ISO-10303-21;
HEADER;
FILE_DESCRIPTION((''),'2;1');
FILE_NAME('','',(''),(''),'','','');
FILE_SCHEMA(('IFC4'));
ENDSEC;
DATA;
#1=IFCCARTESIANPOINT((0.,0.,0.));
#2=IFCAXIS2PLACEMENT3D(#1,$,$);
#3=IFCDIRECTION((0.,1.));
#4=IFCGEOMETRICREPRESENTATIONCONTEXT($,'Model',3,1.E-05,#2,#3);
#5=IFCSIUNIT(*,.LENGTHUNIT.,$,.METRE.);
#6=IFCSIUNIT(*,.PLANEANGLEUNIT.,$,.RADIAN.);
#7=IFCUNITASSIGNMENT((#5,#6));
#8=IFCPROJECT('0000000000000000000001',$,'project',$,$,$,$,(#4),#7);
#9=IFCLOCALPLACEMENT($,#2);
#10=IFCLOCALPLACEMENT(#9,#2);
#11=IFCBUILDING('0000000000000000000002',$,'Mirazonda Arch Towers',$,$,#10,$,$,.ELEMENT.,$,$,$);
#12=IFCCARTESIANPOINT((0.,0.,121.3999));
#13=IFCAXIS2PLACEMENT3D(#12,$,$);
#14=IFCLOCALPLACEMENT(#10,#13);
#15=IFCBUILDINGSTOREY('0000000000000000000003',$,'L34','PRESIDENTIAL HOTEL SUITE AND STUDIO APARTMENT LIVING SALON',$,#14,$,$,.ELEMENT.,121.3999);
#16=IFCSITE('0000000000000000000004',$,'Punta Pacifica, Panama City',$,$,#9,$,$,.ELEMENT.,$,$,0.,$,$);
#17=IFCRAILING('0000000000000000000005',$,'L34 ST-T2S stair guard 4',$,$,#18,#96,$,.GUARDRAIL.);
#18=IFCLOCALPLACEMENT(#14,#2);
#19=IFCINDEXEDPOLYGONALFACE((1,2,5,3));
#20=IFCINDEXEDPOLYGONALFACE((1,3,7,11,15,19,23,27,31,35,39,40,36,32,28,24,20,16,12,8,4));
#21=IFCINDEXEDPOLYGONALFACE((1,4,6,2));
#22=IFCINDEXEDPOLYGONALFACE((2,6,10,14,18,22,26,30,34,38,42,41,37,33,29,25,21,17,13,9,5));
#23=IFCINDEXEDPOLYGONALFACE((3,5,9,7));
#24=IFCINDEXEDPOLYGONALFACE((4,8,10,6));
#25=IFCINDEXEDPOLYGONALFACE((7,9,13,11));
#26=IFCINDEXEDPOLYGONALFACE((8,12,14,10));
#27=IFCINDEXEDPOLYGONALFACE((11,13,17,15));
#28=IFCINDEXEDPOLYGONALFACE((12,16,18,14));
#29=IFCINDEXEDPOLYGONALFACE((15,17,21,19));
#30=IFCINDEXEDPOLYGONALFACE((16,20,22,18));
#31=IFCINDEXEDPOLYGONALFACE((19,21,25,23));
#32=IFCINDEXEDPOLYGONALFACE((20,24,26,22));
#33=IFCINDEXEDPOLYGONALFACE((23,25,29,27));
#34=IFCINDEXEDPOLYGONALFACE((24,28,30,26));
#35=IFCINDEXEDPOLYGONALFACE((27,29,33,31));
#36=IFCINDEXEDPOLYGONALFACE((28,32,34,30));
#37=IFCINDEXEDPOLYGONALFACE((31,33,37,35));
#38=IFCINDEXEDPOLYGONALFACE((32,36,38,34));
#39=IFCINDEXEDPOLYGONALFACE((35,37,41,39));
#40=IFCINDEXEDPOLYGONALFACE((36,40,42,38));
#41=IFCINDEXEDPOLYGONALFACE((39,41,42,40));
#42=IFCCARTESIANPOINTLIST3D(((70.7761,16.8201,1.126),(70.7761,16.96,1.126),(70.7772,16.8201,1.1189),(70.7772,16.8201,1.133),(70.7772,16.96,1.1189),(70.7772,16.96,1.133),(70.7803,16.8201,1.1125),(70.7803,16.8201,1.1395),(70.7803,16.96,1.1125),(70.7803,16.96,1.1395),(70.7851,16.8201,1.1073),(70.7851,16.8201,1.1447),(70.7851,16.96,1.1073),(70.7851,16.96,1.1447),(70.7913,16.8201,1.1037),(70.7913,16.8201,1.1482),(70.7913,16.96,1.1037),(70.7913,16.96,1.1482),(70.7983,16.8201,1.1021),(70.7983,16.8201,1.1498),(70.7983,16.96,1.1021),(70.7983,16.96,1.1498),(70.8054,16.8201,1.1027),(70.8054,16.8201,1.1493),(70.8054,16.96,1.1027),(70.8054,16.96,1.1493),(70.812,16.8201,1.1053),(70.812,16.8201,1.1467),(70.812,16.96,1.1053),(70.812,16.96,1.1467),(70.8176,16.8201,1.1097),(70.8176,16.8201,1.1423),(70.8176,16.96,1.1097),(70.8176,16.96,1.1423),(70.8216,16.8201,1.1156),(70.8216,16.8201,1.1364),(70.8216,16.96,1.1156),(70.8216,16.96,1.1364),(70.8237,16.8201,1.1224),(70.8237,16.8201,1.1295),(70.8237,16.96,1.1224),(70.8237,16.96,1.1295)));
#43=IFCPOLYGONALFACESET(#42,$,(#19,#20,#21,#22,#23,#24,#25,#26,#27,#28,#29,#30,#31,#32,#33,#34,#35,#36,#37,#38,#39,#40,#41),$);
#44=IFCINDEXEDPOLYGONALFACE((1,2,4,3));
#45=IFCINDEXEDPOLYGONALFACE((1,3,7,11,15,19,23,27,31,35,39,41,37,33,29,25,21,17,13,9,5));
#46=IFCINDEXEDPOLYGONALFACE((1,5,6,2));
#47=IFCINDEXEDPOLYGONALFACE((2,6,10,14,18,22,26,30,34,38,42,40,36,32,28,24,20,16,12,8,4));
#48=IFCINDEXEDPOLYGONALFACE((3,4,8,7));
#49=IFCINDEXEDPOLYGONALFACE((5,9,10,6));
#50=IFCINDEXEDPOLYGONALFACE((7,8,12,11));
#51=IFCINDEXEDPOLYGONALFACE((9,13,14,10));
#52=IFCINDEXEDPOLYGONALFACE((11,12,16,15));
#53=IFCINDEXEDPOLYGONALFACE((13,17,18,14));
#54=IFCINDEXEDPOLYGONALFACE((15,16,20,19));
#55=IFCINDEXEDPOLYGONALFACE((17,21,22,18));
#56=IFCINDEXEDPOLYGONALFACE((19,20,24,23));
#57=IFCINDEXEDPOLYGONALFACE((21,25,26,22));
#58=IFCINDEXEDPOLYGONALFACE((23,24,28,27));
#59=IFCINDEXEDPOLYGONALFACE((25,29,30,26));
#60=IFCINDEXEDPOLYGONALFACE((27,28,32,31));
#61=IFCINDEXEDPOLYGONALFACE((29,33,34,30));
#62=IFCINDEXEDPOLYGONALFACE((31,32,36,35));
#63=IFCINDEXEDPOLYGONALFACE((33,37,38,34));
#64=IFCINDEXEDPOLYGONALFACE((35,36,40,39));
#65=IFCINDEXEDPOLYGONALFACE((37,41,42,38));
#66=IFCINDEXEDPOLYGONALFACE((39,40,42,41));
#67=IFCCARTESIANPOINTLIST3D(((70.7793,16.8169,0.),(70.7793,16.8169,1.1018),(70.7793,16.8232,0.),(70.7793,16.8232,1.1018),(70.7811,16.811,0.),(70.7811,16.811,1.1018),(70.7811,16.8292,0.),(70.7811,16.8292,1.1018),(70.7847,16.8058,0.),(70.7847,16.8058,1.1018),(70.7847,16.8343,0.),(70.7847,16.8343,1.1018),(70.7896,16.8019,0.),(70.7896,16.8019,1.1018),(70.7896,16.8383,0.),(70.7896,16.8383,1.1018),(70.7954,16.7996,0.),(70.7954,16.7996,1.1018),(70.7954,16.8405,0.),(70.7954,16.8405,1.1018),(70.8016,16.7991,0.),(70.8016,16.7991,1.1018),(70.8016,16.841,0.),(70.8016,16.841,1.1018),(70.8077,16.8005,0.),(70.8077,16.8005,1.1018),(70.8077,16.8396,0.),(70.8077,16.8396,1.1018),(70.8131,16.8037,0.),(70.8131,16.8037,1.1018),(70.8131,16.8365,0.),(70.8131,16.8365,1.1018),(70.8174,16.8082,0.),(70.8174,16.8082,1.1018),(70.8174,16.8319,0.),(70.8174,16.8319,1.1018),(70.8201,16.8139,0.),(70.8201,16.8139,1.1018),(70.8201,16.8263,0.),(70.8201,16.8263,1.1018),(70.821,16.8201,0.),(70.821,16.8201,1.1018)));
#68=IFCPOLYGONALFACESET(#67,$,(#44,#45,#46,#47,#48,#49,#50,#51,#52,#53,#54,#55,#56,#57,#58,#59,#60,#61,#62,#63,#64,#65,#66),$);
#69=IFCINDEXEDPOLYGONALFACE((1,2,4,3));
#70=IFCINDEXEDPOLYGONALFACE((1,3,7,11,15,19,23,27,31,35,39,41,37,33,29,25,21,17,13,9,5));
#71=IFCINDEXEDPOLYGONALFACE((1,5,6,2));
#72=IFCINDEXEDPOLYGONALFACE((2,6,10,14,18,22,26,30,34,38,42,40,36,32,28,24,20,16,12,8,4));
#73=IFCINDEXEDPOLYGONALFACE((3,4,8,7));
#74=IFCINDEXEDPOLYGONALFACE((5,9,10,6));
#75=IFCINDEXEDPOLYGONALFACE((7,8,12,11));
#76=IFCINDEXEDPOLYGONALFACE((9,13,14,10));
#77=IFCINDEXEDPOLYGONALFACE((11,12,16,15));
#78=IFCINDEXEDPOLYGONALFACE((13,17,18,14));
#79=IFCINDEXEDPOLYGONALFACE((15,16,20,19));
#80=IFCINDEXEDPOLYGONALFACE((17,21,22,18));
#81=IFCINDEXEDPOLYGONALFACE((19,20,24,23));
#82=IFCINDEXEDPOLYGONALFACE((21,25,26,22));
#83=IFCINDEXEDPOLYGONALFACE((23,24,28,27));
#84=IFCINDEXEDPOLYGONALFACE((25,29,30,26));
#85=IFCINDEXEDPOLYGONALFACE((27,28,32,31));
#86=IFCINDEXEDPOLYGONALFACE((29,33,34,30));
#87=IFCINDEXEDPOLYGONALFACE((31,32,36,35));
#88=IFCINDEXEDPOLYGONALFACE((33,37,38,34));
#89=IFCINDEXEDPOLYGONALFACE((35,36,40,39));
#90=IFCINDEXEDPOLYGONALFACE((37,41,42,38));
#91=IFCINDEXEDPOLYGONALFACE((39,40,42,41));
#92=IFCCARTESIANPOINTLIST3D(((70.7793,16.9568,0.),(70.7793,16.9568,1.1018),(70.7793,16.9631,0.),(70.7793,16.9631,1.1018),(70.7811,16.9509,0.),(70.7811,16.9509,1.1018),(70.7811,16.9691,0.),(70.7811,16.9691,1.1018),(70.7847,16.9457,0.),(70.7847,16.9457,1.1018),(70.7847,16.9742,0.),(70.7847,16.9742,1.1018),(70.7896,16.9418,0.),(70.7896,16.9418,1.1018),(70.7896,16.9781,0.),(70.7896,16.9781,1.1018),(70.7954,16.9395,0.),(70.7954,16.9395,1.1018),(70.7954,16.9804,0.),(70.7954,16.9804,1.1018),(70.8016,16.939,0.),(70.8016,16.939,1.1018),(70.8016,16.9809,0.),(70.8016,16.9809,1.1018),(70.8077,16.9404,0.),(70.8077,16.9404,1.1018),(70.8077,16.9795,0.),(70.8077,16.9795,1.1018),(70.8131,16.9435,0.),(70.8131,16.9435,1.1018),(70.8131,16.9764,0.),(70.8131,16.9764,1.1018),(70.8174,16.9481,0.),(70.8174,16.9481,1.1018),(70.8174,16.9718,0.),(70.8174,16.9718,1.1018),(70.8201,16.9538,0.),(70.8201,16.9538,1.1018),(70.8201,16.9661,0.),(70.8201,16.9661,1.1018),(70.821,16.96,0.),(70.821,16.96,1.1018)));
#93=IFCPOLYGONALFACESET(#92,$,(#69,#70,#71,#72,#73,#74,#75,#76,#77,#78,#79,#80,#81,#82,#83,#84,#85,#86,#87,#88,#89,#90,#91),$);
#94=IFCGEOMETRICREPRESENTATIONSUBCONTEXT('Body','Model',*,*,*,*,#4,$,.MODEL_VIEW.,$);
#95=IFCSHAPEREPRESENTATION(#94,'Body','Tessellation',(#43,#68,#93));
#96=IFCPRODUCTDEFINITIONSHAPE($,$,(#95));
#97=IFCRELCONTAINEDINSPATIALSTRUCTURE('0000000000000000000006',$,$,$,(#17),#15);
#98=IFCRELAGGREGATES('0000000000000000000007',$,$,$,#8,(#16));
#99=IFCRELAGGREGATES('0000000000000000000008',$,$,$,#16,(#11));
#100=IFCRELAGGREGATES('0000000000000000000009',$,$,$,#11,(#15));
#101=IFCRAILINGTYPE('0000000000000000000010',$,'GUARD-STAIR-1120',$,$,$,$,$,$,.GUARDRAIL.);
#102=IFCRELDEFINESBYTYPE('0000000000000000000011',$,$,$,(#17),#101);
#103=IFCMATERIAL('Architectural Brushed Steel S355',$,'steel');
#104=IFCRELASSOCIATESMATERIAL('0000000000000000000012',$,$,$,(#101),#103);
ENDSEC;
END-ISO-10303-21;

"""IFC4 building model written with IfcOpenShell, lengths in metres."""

from ifc_helpers import new_model, si_unit, direction, frame, origin, origin_2d, place, context, subcontext, project, spatial, circle, extrude, material, type_object, element, save


model = new_model("IFC4")

# Units and contexts
model_context = context("Model", 3, precision=1e-05, world=origin(), true_north=direction((0.0, 1.0)))
body_context = subcontext(model_context, "Body", "Model", "MODEL_VIEW")
ifc_project = project(units=[si_unit("LENGTHUNIT", "METRE"), si_unit("PLANEANGLEUNIT", "RADIAN")], contexts=[model_context])

# Site, building, storey
site_placement = place(None, origin())
site = spatial("IfcSite", under=ifc_project, at=site_placement, Name="Punta Pacifica, Panama City", CompositionType="ELEMENT", RefElevation=0.0)
building_placement = place(site_placement, origin())
building = spatial("IfcBuilding", under=site, at=building_placement, Name="Mirazonda Arch Towers", CompositionType="ELEMENT")
storey_placement = place(building_placement, frame((0.0, 0.0, 121.3999)))
storey = spatial("IfcBuildingStorey", under=building, at=storey_placement, Name="L34", Description="PRESIDENTIAL HOTEL SUITE AND STUDIO APARTMENT LIVING SALON", CompositionType="ELEMENT", Elevation=121.3999)

# Shared definitions
ifc_material_1 = material(Name="Architectural Brushed Steel S355", Category="steel")

# Railing
railing_type = type_object("IfcRailingType", Name="GUARD-STAIR-1120", PredefinedType="GUARDRAIL", material=ifc_material_1)
railing_1_placement = place(storey_placement, frame((70.8, 16.8201, 0.0)))
element("IfcRailing", 1, at=railing_1_placement, inside=storey, type_object=railing_type, Name="L34 ST-T2S stair guard 4", PredefinedType="GUARDRAIL", context=body_context, shape_type="SweptSolid", body=[
    extrude(circle(Radius=0.0239, at=origin_2d()), frame((0.0, 0.0, 1.126), z_axis=(0.0, 1.0, 0.0), x_axis=(-1.0, 0.0, 0.0)), (0.0, 0.0, 1.0), 0.1399),
    extrude(circle(Radius=0.021, at=origin_2d()), origin(), (0.0, 0.0, 1.0), 1.1018),
    extrude(circle(Radius=0.021, at=origin_2d()), frame((0.0, 0.1399, 0.0)), (0.0, 0.0, 1.0), 1.1018),
])

save(model, "model.ifc")
